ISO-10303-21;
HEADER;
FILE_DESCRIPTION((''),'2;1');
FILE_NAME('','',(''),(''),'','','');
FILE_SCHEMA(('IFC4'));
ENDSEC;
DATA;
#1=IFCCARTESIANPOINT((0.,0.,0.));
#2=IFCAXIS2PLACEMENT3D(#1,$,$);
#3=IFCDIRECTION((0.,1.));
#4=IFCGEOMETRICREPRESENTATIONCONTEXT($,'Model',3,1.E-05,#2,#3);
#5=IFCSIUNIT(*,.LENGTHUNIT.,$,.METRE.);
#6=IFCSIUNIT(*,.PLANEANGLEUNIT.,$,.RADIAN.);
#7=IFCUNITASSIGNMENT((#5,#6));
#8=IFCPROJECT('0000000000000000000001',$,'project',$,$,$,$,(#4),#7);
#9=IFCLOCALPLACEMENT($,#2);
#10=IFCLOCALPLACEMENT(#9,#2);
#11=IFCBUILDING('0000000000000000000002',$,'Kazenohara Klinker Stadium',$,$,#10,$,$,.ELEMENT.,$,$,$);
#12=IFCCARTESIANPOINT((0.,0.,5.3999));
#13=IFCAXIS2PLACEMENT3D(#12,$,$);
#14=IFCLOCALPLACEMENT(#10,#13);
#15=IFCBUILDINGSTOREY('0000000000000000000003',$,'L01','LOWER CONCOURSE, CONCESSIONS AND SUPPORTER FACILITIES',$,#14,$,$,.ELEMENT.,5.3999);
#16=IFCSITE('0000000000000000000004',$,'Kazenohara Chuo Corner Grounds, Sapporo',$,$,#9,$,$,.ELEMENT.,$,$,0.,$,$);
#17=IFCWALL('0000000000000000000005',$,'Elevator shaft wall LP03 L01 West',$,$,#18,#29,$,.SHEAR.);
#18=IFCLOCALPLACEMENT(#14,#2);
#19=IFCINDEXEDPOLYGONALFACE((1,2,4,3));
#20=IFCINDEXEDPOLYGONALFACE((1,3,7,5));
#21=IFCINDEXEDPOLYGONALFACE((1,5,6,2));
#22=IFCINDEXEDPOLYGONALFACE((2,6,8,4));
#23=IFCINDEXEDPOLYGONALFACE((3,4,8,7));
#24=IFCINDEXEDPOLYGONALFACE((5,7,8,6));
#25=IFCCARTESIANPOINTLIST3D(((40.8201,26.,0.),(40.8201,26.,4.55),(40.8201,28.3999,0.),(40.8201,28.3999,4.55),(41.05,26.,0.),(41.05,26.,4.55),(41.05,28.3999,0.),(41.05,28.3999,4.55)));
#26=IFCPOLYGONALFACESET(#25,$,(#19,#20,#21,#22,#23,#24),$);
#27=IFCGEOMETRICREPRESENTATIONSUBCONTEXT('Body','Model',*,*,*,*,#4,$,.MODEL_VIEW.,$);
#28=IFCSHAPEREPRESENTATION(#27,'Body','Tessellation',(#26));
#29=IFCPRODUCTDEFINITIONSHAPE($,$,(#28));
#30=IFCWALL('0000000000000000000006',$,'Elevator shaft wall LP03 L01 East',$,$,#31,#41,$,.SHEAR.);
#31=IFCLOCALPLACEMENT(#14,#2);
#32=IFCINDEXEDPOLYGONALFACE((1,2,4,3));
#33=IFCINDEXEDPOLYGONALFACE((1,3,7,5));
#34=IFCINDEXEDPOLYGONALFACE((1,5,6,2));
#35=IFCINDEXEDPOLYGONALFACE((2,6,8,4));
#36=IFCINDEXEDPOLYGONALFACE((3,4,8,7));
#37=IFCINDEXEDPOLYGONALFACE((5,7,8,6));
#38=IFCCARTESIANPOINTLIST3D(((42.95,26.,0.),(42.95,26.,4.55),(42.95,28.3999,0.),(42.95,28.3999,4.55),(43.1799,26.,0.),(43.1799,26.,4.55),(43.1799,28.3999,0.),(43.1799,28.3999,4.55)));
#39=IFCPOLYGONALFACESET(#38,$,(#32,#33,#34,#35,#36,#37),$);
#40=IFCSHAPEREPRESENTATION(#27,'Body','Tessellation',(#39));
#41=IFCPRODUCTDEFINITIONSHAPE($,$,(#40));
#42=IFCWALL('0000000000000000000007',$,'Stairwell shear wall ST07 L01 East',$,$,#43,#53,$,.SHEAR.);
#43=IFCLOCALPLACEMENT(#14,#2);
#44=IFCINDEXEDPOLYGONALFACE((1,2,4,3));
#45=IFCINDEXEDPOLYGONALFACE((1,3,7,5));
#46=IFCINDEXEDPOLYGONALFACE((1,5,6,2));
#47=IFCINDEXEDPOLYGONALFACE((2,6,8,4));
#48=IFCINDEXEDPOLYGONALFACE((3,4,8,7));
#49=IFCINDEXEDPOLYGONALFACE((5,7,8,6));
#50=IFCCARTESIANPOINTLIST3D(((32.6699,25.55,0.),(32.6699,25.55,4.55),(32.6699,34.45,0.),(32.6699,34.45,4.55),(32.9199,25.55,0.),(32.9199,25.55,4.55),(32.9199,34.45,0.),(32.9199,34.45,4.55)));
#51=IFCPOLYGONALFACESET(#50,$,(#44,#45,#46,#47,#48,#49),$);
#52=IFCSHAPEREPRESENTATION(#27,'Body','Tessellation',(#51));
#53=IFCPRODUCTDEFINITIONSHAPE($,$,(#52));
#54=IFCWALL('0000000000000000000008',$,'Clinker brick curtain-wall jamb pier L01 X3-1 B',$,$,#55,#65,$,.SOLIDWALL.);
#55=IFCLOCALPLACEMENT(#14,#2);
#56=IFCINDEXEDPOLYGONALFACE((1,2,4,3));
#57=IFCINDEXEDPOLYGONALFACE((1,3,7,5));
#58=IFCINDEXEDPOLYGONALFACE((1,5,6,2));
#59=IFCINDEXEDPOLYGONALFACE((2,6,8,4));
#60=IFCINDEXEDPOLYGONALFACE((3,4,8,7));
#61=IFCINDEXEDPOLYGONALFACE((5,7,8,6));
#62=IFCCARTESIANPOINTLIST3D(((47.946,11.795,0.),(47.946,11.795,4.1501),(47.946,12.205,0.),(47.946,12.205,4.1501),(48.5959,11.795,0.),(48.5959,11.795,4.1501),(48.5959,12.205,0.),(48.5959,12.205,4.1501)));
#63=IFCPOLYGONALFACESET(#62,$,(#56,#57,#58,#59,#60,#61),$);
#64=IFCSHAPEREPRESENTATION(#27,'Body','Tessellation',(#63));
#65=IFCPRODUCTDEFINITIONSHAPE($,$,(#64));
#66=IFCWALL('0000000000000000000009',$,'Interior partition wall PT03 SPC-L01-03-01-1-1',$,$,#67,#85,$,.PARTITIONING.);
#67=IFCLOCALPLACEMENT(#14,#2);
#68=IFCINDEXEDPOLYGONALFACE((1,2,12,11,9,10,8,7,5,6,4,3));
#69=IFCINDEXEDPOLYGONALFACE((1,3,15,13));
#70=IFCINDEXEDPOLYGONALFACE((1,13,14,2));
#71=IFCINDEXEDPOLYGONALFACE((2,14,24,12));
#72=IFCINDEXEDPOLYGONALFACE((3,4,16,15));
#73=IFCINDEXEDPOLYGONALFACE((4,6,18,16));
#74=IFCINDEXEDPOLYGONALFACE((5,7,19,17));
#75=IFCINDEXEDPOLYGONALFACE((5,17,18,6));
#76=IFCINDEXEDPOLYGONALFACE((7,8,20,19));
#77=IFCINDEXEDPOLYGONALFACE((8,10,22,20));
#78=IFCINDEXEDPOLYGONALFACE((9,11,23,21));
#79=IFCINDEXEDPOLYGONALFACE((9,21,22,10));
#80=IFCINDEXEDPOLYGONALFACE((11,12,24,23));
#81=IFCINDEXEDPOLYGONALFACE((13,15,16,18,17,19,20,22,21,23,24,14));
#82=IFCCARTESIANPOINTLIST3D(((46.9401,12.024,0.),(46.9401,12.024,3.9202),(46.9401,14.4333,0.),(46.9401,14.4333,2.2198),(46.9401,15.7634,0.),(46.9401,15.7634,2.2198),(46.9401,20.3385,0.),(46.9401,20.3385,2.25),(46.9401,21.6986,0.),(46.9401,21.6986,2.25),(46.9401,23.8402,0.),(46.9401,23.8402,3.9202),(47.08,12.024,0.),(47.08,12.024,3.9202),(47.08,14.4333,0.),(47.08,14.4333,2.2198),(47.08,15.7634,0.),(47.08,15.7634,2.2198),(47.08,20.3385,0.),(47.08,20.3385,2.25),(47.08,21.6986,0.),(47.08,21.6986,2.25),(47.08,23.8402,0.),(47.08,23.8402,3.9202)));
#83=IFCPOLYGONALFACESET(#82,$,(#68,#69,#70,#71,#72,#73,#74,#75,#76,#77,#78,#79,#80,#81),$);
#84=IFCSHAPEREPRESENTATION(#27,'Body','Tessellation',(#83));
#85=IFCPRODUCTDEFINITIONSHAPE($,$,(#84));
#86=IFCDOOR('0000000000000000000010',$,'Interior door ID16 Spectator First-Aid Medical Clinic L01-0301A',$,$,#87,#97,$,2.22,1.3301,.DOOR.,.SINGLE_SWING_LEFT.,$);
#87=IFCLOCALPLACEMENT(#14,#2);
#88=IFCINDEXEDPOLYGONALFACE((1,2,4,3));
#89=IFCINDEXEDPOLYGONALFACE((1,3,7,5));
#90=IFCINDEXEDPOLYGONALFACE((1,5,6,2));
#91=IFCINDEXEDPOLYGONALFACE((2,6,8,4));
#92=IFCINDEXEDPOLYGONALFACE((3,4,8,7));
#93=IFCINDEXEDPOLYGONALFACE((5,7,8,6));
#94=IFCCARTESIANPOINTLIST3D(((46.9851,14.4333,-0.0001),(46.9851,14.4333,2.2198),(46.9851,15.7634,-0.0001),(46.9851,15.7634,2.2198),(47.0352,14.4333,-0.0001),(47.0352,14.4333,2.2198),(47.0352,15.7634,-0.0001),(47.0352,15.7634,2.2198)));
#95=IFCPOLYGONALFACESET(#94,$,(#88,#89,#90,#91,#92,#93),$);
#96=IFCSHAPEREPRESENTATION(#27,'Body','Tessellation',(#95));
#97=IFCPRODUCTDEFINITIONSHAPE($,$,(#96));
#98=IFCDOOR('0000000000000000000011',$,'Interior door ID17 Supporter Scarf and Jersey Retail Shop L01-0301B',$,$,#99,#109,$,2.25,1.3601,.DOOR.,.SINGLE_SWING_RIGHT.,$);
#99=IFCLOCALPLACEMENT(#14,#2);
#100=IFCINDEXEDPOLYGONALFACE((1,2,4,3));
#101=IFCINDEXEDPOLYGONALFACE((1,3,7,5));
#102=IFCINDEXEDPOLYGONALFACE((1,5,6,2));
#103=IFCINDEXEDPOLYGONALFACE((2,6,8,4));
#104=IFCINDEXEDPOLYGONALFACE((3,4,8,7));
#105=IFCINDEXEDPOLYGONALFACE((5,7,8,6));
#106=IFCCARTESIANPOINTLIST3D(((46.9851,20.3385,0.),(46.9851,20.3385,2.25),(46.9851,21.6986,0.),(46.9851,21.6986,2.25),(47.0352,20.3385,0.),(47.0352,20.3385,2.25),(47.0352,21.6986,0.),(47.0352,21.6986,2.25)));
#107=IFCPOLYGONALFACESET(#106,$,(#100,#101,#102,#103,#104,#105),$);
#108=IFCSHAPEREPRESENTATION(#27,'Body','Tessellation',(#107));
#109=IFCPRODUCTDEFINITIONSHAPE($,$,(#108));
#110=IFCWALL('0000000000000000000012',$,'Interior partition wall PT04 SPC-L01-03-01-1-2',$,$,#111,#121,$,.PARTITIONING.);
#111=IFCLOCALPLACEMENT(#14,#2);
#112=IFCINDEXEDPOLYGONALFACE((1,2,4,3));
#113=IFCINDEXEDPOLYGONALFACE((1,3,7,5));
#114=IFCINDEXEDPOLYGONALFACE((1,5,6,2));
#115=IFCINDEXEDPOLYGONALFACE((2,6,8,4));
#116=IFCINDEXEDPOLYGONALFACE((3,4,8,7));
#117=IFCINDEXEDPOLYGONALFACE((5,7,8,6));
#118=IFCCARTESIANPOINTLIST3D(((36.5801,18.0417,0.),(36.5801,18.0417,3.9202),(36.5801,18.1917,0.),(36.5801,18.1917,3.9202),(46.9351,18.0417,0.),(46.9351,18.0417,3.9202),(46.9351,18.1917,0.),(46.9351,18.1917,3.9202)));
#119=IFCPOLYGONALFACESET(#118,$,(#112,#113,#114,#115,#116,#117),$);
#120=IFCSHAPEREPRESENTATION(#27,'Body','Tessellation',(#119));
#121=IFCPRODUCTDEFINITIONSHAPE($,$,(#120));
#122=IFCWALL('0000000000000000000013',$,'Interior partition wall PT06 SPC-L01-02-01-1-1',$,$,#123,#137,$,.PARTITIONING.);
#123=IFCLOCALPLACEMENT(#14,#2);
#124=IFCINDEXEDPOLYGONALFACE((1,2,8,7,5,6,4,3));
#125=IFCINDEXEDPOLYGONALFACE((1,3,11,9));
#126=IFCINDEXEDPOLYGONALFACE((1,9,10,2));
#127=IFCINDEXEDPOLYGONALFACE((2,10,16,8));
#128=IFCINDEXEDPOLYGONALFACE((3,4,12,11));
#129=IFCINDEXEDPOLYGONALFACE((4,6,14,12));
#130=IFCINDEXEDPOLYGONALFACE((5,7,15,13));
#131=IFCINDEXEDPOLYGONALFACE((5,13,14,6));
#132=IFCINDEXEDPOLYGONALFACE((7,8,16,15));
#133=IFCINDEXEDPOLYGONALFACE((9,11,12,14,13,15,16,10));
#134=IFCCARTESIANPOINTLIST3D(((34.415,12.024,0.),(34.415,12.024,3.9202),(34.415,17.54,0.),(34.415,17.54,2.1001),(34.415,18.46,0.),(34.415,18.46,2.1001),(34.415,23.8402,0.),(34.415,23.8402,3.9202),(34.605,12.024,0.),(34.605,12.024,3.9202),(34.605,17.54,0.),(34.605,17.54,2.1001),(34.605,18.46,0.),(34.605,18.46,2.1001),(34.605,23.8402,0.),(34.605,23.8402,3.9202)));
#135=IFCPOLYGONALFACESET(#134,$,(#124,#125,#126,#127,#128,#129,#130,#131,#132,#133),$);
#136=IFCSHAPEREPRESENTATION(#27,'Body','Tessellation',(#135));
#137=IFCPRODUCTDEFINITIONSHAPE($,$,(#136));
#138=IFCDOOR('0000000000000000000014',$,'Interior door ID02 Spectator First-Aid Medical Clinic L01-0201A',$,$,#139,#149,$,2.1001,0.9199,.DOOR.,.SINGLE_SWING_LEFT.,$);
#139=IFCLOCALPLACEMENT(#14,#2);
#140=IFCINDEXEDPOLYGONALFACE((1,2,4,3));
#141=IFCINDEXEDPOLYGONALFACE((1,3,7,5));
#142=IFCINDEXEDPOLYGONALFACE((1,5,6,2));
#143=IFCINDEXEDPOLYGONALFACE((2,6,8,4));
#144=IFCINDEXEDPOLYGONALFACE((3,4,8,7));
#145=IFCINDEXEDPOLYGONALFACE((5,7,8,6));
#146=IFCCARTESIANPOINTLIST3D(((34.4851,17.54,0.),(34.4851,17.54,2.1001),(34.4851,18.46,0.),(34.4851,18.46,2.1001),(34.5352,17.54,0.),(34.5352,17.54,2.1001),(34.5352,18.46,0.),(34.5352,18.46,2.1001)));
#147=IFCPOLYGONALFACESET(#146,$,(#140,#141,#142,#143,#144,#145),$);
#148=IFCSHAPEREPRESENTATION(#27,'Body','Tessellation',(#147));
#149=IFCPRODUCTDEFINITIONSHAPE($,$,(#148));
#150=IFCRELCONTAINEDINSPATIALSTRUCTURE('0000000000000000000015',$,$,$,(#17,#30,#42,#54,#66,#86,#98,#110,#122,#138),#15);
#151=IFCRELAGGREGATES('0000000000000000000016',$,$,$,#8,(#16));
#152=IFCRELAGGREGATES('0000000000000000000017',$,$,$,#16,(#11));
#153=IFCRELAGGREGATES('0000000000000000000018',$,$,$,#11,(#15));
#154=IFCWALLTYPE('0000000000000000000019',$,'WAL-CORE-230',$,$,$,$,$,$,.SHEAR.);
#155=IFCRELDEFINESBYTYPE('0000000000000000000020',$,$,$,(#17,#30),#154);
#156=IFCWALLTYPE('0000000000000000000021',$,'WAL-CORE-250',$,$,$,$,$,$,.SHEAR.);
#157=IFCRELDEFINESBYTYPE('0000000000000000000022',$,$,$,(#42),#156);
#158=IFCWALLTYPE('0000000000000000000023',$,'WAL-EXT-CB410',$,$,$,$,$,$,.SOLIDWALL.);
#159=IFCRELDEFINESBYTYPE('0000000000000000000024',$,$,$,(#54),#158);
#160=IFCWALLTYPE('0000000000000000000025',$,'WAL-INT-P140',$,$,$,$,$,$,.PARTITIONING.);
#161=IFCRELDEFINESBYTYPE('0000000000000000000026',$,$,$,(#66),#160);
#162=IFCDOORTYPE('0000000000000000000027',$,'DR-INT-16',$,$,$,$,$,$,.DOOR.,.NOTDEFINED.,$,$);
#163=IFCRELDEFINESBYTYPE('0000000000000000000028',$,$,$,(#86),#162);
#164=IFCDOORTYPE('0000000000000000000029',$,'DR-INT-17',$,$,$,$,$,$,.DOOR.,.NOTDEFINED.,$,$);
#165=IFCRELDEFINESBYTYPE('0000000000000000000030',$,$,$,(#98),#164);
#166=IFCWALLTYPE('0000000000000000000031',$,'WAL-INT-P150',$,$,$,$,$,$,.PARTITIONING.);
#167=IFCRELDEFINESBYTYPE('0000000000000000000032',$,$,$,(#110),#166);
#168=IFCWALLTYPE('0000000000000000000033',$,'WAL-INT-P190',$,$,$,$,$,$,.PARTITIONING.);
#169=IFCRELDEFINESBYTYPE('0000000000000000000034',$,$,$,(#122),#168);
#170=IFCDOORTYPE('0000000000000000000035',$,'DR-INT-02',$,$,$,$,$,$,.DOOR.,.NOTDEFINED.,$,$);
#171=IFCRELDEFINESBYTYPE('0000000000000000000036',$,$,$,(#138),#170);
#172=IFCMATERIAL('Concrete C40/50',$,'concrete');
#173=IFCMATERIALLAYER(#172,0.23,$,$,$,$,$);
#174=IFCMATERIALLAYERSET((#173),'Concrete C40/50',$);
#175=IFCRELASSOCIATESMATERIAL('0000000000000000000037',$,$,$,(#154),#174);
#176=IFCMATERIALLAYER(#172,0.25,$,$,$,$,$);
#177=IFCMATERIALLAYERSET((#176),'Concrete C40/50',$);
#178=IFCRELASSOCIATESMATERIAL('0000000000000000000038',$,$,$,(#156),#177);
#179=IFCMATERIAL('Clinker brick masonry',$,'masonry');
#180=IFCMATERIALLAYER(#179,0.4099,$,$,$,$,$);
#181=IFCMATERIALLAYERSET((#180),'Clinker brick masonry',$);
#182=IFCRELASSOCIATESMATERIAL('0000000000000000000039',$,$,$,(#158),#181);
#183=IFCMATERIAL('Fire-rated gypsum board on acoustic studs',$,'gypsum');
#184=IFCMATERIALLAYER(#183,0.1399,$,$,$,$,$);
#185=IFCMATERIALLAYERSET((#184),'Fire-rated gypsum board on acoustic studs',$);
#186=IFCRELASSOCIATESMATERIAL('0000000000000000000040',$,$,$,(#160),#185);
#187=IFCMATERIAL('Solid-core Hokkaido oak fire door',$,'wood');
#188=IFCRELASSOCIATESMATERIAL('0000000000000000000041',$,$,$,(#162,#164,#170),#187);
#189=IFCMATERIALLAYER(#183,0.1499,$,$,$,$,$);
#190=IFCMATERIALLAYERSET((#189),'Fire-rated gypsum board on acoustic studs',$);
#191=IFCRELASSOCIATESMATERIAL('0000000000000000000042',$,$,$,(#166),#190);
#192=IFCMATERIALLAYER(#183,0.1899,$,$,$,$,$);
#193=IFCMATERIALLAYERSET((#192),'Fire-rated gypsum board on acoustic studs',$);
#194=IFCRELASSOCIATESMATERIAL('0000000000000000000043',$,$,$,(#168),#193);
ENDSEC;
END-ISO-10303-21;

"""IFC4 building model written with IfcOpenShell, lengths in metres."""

from ifc_helpers import new_model, si_unit, direction, frame, frame_2d, origin, place, context, subcontext, project, spatial, rectangle, extrude, material, layer, layer_set, type_object, element, fill, save


model = new_model("IFC4")

# Units and contexts
model_context = context("Model", 3, precision=1e-05, world=origin(), true_north=direction((0.0, 1.0)))
body_context = subcontext(model_context, "Body", "Model", "MODEL_VIEW")
ifc_project = project(units=[si_unit("LENGTHUNIT", "METRE"), si_unit("PLANEANGLEUNIT", "RADIAN")], contexts=[model_context])

# Site, building, storey
site_placement = place(None, origin())
site = spatial("IfcSite", under=ifc_project, at=site_placement, Name="Kazenohara Chuo Corner Grounds, Sapporo", CompositionType="ELEMENT", RefElevation=0.0)
building_placement = place(site_placement, origin())
building = spatial("IfcBuilding", under=site, at=building_placement, Name="Kazenohara Klinker Stadium", CompositionType="ELEMENT")
storey_placement = place(building_placement, frame((0.0, 0.0, 5.3999)))
storey = spatial("IfcBuildingStorey", under=building, at=storey_placement, Name="L01", Description="LOWER CONCOURSE, CONCESSIONS AND SUPPORTER FACILITIES", CompositionType="ELEMENT", Elevation=5.3999)

# Shared definitions
ifc_material_1 = material(Name="Concrete C40/50", Category="concrete")

# Walls
ifc_layer_1 = layer(ifc_material_1, 0.23)
ifc_layer_set_1 = layer_set([ifc_layer_1], Name="Concrete C40/50")
wall_type_1 = type_object("IfcWallType", Name="WAL-CORE-230", PredefinedType="SHEAR", material=ifc_layer_set_1)
for number, where, z_axis, x_axis, name in (
    (1, (40.9351, 26.0, 0.0), (0.0, 0.0, 1.0), (0.0, 1.0, 0.0), "Elevator shaft wall LP03 L01 West"),
    (2, (43.0649, 26.0, 0.0), (0.0, 0.0, 1.0), (0.0, 1.0, 0.0), "Elevator shaft wall LP03 L01 East"),
):
    element("IfcWall", number, at=place(storey_placement, frame(where, z_axis=z_axis, x_axis=x_axis)), inside=storey, type_object=wall_type_1, Name=name, PredefinedType="SHEAR", context=body_context, shape_type="SweptSolid", body=[
        extrude(rectangle(XDim=2.3999, YDim=0.23, at=frame_2d((1.2, 0.0))), origin(), (0.0, 0.0, 1.0), 4.55),
    ])
ifc_layer_2 = layer(ifc_material_1, 0.25)
ifc_layer_set_2 = layer_set([ifc_layer_2], Name="Concrete C40/50")
wall_type_2 = type_object("IfcWallType", Name="WAL-CORE-250", PredefinedType="SHEAR", material=ifc_layer_set_2)
wall_1_placement = place(storey_placement, frame((32.7949, 25.55, 0.0), z_axis=(0.0, 0.0, 1.0), x_axis=(0.0, 1.0, 0.0)))
element("IfcWall", 3, at=wall_1_placement, inside=storey, type_object=wall_type_2, Name="Stairwell shear wall ST07 L01 East", PredefinedType="SHEAR", context=body_context, shape_type="SweptSolid", body=[
    extrude(rectangle(XDim=8.8999, YDim=0.25, at=frame_2d((4.45, 0.0))), origin(), (0.0, 0.0, 1.0), 4.55),
])
ifc_material_2 = material(Name="Clinker brick masonry", Category="masonry")
ifc_layer_3 = layer(ifc_material_2, 0.4099)
ifc_layer_set_3 = layer_set([ifc_layer_3], Name="Clinker brick masonry")
wall_type_3 = type_object("IfcWallType", Name="WAL-EXT-CB410", PredefinedType="SOLIDWALL", material=ifc_layer_set_3)
wall_2_placement = place(storey_placement, frame((47.946, 12.0, 0.0), z_axis=(0.0, 0.0, 1.0), x_axis=(1.0, 0.0, 0.0)))
element("IfcWall", 4, at=wall_2_placement, inside=storey, type_object=wall_type_3, Name="Clinker brick curtain-wall jamb pier L01 X3-1 B", PredefinedType="SOLIDWALL", context=body_context, shape_type="SweptSolid", body=[
    extrude(rectangle(XDim=0.6499, YDim=0.4099, at=frame_2d((0.325, 0.0))), origin(), (0.0, 0.0, 1.0), 4.1501),
])

# Wall, openings, doors
ifc_material_3 = material(Name="Fire-rated gypsum board on acoustic studs", Category="gypsum")
ifc_layer_4 = layer(ifc_material_3, 0.1399)
ifc_layer_set_4 = layer_set([ifc_layer_4], Name="Fire-rated gypsum board on acoustic studs")
wall_type_4 = type_object("IfcWallType", Name="WAL-INT-P140", PredefinedType="PARTITIONING", material=ifc_layer_set_4)
wall_3_placement = place(storey_placement, frame((47.01, 12.0239, 0.0), z_axis=(0.0, 0.0, 1.0), x_axis=(0.0, 1.0, 0.0)))
wall_3 = element("IfcWall", 5, at=wall_3_placement, inside=storey, type_object=wall_type_4, Name="Interior partition wall PT03 SPC-L01-03-01-1-1", PredefinedType="PARTITIONING", context=body_context, shape_type="SweptSolid", body=[
    extrude(rectangle(XDim=11.8162, YDim=0.1399, at=frame_2d((5.9082, 0.0))), origin(), (0.0, 0.0, 1.0), 3.9202),
])
opening_1_placement = place(wall_3_placement, frame((2.4094, 0.0, 0.0)))
opening_1 = element("IfcOpeningElement", 6, at=opening_1_placement, cuts=wall_3, PredefinedType="OPENING", context=body_context, shape_type="SweptSolid", body=[
    extrude(rectangle(XDim=1.3301, YDim=2.22, at=frame_2d((0.665, 1.1099))), frame((0.0, 0.0801, 0.0), z_axis=(0.0, -1.0, 0.0), x_axis=(1.0, 0.0, 0.0)), (0.0, 0.0, 1.0), 0.1599),
])
opening_2_placement = place(wall_3_placement, frame((8.3145, 0.0, 0.0)))
opening_2 = element("IfcOpeningElement", 7, at=opening_2_placement, cuts=wall_3, PredefinedType="OPENING", context=body_context, shape_type="SweptSolid", body=[
    extrude(rectangle(XDim=1.3601, YDim=2.25, at=frame_2d((0.6802, 1.125))), frame((0.0, 0.0801, 0.0), z_axis=(0.0, -1.0, 0.0), x_axis=(1.0, 0.0, 0.0)), (0.0, 0.0, 1.0), 0.1599),
])
ifc_material_4 = material(Name="Solid-core Hokkaido oak fire door", Category="wood")
door_type_1 = type_object("IfcDoorType", Name="DR-INT-16", OperationType="NOTDEFINED", PredefinedType="DOOR", material=ifc_material_4)
door_1_placement = place(opening_1_placement, origin())
door_1 = element("IfcDoor", 8, at=door_1_placement, inside=storey, type_object=door_type_1, Name="Interior door ID16 Spectator First-Aid Medical Clinic L01-0301A", OperationType="SINGLE_SWING_LEFT", OverallHeight=2.22, OverallWidth=1.3301, PredefinedType="DOOR", context=body_context, shape_type="SweptSolid", body=[
    extrude(rectangle(XDim=1.3301, YDim=2.22, at=frame_2d((0.665, 1.1099))), frame((0.0, 0.0249, 0.0), z_axis=(0.0, -1.0, 0.0), x_axis=(1.0, 0.0, 0.0)), (0.0, 0.0, 1.0), 0.05),
])
fill(opening_1, door_1)
door_type_2 = type_object("IfcDoorType", Name="DR-INT-17", OperationType="NOTDEFINED", PredefinedType="DOOR", material=ifc_material_4)
door_2_placement = place(opening_2_placement, origin())
door_2 = element("IfcDoor", 9, at=door_2_placement, inside=storey, type_object=door_type_2, Name="Interior door ID17 Supporter Scarf and Jersey Retail Shop L01-0301B", OperationType="SINGLE_SWING_RIGHT", OverallHeight=2.25, OverallWidth=1.3601, PredefinedType="DOOR", context=body_context, shape_type="SweptSolid", body=[
    extrude(rectangle(XDim=1.3601, YDim=2.25, at=frame_2d((0.6802, 1.125))), frame((0.0, 0.0249, 0.0), z_axis=(0.0, -1.0, 0.0), x_axis=(1.0, 0.0, 0.0)), (0.0, 0.0, 1.0), 0.05),
])
fill(opening_2, door_2)

# Wall
ifc_layer_5 = layer(ifc_material_3, 0.1499)
ifc_layer_set_5 = layer_set([ifc_layer_5], Name="Fire-rated gypsum board on acoustic studs")
wall_type_5 = type_object("IfcWallType", Name="WAL-INT-P150", PredefinedType="PARTITIONING", material=ifc_layer_set_5)
wall_4_placement = place(storey_placement, frame((36.5801, 18.1167, 0.0), z_axis=(0.0, 0.0, 1.0), x_axis=(1.0, 0.0, 0.0)))
element("IfcWall", 10, at=wall_4_placement, inside=storey, type_object=wall_type_5, Name="Interior partition wall PT04 SPC-L01-03-01-1-2", PredefinedType="PARTITIONING", context=body_context, shape_type="SweptSolid", body=[
    extrude(rectangle(XDim=10.355, YDim=0.1499, at=frame_2d((5.1775, 0.0))), origin(), (0.0, 0.0, 1.0), 3.9202),
])

# Wall, opening, door
ifc_layer_6 = layer(ifc_material_3, 0.1899)
ifc_layer_set_6 = layer_set([ifc_layer_6], Name="Fire-rated gypsum board on acoustic studs")
wall_type_6 = type_object("IfcWallType", Name="WAL-INT-P190", PredefinedType="PARTITIONING", material=ifc_layer_set_6)
wall_5_placement = place(storey_placement, frame((34.51, 12.0239, 0.0), z_axis=(0.0, 0.0, 1.0), x_axis=(0.0, 1.0, 0.0)))
wall_5 = element("IfcWall", 11, at=wall_5_placement, inside=storey, type_object=wall_type_6, Name="Interior partition wall PT06 SPC-L01-02-01-1-1", PredefinedType="PARTITIONING", context=body_context, shape_type="SweptSolid", body=[
    extrude(rectangle(XDim=11.8162, YDim=0.1899, at=frame_2d((5.9082, 0.0))), origin(), (0.0, 0.0, 1.0), 3.9202),
])
opening_3_placement = place(wall_5_placement, frame((5.5161, 0.0, 0.0)))
opening_3 = element("IfcOpeningElement", 12, at=opening_3_placement, cuts=wall_5, PredefinedType="OPENING", context=body_context, shape_type="SweptSolid", body=[
    extrude(rectangle(XDim=0.9199, YDim=2.1001, at=frame_2d((0.46, 1.05))), frame((0.0, 0.105, 0.0), z_axis=(0.0, -1.0, 0.0), x_axis=(1.0, 0.0, 0.0)), (0.0, 0.0, 1.0), 0.21),
])
door_type_3 = type_object("IfcDoorType", Name="DR-INT-02", OperationType="NOTDEFINED", PredefinedType="DOOR", material=ifc_material_4)
door_3_placement = place(opening_3_placement, origin())
door_3 = element("IfcDoor", 13, at=door_3_placement, inside=storey, type_object=door_type_3, Name="Interior door ID02 Spectator First-Aid Medical Clinic L01-0201A", OperationType="SINGLE_SWING_LEFT", OverallHeight=2.1001, OverallWidth=0.9199, PredefinedType="DOOR", context=body_context, shape_type="SweptSolid", body=[
    extrude(rectangle(XDim=0.9199, YDim=2.1001, at=frame_2d((0.46, 1.05))), frame((0.0, 0.0249, 0.0), z_axis=(0.0, -1.0, 0.0), x_axis=(1.0, 0.0, 0.0)), (0.0, 0.0, 1.0), 0.05),
])
fill(opening_3, door_3)

save(model, "model.ifc")
